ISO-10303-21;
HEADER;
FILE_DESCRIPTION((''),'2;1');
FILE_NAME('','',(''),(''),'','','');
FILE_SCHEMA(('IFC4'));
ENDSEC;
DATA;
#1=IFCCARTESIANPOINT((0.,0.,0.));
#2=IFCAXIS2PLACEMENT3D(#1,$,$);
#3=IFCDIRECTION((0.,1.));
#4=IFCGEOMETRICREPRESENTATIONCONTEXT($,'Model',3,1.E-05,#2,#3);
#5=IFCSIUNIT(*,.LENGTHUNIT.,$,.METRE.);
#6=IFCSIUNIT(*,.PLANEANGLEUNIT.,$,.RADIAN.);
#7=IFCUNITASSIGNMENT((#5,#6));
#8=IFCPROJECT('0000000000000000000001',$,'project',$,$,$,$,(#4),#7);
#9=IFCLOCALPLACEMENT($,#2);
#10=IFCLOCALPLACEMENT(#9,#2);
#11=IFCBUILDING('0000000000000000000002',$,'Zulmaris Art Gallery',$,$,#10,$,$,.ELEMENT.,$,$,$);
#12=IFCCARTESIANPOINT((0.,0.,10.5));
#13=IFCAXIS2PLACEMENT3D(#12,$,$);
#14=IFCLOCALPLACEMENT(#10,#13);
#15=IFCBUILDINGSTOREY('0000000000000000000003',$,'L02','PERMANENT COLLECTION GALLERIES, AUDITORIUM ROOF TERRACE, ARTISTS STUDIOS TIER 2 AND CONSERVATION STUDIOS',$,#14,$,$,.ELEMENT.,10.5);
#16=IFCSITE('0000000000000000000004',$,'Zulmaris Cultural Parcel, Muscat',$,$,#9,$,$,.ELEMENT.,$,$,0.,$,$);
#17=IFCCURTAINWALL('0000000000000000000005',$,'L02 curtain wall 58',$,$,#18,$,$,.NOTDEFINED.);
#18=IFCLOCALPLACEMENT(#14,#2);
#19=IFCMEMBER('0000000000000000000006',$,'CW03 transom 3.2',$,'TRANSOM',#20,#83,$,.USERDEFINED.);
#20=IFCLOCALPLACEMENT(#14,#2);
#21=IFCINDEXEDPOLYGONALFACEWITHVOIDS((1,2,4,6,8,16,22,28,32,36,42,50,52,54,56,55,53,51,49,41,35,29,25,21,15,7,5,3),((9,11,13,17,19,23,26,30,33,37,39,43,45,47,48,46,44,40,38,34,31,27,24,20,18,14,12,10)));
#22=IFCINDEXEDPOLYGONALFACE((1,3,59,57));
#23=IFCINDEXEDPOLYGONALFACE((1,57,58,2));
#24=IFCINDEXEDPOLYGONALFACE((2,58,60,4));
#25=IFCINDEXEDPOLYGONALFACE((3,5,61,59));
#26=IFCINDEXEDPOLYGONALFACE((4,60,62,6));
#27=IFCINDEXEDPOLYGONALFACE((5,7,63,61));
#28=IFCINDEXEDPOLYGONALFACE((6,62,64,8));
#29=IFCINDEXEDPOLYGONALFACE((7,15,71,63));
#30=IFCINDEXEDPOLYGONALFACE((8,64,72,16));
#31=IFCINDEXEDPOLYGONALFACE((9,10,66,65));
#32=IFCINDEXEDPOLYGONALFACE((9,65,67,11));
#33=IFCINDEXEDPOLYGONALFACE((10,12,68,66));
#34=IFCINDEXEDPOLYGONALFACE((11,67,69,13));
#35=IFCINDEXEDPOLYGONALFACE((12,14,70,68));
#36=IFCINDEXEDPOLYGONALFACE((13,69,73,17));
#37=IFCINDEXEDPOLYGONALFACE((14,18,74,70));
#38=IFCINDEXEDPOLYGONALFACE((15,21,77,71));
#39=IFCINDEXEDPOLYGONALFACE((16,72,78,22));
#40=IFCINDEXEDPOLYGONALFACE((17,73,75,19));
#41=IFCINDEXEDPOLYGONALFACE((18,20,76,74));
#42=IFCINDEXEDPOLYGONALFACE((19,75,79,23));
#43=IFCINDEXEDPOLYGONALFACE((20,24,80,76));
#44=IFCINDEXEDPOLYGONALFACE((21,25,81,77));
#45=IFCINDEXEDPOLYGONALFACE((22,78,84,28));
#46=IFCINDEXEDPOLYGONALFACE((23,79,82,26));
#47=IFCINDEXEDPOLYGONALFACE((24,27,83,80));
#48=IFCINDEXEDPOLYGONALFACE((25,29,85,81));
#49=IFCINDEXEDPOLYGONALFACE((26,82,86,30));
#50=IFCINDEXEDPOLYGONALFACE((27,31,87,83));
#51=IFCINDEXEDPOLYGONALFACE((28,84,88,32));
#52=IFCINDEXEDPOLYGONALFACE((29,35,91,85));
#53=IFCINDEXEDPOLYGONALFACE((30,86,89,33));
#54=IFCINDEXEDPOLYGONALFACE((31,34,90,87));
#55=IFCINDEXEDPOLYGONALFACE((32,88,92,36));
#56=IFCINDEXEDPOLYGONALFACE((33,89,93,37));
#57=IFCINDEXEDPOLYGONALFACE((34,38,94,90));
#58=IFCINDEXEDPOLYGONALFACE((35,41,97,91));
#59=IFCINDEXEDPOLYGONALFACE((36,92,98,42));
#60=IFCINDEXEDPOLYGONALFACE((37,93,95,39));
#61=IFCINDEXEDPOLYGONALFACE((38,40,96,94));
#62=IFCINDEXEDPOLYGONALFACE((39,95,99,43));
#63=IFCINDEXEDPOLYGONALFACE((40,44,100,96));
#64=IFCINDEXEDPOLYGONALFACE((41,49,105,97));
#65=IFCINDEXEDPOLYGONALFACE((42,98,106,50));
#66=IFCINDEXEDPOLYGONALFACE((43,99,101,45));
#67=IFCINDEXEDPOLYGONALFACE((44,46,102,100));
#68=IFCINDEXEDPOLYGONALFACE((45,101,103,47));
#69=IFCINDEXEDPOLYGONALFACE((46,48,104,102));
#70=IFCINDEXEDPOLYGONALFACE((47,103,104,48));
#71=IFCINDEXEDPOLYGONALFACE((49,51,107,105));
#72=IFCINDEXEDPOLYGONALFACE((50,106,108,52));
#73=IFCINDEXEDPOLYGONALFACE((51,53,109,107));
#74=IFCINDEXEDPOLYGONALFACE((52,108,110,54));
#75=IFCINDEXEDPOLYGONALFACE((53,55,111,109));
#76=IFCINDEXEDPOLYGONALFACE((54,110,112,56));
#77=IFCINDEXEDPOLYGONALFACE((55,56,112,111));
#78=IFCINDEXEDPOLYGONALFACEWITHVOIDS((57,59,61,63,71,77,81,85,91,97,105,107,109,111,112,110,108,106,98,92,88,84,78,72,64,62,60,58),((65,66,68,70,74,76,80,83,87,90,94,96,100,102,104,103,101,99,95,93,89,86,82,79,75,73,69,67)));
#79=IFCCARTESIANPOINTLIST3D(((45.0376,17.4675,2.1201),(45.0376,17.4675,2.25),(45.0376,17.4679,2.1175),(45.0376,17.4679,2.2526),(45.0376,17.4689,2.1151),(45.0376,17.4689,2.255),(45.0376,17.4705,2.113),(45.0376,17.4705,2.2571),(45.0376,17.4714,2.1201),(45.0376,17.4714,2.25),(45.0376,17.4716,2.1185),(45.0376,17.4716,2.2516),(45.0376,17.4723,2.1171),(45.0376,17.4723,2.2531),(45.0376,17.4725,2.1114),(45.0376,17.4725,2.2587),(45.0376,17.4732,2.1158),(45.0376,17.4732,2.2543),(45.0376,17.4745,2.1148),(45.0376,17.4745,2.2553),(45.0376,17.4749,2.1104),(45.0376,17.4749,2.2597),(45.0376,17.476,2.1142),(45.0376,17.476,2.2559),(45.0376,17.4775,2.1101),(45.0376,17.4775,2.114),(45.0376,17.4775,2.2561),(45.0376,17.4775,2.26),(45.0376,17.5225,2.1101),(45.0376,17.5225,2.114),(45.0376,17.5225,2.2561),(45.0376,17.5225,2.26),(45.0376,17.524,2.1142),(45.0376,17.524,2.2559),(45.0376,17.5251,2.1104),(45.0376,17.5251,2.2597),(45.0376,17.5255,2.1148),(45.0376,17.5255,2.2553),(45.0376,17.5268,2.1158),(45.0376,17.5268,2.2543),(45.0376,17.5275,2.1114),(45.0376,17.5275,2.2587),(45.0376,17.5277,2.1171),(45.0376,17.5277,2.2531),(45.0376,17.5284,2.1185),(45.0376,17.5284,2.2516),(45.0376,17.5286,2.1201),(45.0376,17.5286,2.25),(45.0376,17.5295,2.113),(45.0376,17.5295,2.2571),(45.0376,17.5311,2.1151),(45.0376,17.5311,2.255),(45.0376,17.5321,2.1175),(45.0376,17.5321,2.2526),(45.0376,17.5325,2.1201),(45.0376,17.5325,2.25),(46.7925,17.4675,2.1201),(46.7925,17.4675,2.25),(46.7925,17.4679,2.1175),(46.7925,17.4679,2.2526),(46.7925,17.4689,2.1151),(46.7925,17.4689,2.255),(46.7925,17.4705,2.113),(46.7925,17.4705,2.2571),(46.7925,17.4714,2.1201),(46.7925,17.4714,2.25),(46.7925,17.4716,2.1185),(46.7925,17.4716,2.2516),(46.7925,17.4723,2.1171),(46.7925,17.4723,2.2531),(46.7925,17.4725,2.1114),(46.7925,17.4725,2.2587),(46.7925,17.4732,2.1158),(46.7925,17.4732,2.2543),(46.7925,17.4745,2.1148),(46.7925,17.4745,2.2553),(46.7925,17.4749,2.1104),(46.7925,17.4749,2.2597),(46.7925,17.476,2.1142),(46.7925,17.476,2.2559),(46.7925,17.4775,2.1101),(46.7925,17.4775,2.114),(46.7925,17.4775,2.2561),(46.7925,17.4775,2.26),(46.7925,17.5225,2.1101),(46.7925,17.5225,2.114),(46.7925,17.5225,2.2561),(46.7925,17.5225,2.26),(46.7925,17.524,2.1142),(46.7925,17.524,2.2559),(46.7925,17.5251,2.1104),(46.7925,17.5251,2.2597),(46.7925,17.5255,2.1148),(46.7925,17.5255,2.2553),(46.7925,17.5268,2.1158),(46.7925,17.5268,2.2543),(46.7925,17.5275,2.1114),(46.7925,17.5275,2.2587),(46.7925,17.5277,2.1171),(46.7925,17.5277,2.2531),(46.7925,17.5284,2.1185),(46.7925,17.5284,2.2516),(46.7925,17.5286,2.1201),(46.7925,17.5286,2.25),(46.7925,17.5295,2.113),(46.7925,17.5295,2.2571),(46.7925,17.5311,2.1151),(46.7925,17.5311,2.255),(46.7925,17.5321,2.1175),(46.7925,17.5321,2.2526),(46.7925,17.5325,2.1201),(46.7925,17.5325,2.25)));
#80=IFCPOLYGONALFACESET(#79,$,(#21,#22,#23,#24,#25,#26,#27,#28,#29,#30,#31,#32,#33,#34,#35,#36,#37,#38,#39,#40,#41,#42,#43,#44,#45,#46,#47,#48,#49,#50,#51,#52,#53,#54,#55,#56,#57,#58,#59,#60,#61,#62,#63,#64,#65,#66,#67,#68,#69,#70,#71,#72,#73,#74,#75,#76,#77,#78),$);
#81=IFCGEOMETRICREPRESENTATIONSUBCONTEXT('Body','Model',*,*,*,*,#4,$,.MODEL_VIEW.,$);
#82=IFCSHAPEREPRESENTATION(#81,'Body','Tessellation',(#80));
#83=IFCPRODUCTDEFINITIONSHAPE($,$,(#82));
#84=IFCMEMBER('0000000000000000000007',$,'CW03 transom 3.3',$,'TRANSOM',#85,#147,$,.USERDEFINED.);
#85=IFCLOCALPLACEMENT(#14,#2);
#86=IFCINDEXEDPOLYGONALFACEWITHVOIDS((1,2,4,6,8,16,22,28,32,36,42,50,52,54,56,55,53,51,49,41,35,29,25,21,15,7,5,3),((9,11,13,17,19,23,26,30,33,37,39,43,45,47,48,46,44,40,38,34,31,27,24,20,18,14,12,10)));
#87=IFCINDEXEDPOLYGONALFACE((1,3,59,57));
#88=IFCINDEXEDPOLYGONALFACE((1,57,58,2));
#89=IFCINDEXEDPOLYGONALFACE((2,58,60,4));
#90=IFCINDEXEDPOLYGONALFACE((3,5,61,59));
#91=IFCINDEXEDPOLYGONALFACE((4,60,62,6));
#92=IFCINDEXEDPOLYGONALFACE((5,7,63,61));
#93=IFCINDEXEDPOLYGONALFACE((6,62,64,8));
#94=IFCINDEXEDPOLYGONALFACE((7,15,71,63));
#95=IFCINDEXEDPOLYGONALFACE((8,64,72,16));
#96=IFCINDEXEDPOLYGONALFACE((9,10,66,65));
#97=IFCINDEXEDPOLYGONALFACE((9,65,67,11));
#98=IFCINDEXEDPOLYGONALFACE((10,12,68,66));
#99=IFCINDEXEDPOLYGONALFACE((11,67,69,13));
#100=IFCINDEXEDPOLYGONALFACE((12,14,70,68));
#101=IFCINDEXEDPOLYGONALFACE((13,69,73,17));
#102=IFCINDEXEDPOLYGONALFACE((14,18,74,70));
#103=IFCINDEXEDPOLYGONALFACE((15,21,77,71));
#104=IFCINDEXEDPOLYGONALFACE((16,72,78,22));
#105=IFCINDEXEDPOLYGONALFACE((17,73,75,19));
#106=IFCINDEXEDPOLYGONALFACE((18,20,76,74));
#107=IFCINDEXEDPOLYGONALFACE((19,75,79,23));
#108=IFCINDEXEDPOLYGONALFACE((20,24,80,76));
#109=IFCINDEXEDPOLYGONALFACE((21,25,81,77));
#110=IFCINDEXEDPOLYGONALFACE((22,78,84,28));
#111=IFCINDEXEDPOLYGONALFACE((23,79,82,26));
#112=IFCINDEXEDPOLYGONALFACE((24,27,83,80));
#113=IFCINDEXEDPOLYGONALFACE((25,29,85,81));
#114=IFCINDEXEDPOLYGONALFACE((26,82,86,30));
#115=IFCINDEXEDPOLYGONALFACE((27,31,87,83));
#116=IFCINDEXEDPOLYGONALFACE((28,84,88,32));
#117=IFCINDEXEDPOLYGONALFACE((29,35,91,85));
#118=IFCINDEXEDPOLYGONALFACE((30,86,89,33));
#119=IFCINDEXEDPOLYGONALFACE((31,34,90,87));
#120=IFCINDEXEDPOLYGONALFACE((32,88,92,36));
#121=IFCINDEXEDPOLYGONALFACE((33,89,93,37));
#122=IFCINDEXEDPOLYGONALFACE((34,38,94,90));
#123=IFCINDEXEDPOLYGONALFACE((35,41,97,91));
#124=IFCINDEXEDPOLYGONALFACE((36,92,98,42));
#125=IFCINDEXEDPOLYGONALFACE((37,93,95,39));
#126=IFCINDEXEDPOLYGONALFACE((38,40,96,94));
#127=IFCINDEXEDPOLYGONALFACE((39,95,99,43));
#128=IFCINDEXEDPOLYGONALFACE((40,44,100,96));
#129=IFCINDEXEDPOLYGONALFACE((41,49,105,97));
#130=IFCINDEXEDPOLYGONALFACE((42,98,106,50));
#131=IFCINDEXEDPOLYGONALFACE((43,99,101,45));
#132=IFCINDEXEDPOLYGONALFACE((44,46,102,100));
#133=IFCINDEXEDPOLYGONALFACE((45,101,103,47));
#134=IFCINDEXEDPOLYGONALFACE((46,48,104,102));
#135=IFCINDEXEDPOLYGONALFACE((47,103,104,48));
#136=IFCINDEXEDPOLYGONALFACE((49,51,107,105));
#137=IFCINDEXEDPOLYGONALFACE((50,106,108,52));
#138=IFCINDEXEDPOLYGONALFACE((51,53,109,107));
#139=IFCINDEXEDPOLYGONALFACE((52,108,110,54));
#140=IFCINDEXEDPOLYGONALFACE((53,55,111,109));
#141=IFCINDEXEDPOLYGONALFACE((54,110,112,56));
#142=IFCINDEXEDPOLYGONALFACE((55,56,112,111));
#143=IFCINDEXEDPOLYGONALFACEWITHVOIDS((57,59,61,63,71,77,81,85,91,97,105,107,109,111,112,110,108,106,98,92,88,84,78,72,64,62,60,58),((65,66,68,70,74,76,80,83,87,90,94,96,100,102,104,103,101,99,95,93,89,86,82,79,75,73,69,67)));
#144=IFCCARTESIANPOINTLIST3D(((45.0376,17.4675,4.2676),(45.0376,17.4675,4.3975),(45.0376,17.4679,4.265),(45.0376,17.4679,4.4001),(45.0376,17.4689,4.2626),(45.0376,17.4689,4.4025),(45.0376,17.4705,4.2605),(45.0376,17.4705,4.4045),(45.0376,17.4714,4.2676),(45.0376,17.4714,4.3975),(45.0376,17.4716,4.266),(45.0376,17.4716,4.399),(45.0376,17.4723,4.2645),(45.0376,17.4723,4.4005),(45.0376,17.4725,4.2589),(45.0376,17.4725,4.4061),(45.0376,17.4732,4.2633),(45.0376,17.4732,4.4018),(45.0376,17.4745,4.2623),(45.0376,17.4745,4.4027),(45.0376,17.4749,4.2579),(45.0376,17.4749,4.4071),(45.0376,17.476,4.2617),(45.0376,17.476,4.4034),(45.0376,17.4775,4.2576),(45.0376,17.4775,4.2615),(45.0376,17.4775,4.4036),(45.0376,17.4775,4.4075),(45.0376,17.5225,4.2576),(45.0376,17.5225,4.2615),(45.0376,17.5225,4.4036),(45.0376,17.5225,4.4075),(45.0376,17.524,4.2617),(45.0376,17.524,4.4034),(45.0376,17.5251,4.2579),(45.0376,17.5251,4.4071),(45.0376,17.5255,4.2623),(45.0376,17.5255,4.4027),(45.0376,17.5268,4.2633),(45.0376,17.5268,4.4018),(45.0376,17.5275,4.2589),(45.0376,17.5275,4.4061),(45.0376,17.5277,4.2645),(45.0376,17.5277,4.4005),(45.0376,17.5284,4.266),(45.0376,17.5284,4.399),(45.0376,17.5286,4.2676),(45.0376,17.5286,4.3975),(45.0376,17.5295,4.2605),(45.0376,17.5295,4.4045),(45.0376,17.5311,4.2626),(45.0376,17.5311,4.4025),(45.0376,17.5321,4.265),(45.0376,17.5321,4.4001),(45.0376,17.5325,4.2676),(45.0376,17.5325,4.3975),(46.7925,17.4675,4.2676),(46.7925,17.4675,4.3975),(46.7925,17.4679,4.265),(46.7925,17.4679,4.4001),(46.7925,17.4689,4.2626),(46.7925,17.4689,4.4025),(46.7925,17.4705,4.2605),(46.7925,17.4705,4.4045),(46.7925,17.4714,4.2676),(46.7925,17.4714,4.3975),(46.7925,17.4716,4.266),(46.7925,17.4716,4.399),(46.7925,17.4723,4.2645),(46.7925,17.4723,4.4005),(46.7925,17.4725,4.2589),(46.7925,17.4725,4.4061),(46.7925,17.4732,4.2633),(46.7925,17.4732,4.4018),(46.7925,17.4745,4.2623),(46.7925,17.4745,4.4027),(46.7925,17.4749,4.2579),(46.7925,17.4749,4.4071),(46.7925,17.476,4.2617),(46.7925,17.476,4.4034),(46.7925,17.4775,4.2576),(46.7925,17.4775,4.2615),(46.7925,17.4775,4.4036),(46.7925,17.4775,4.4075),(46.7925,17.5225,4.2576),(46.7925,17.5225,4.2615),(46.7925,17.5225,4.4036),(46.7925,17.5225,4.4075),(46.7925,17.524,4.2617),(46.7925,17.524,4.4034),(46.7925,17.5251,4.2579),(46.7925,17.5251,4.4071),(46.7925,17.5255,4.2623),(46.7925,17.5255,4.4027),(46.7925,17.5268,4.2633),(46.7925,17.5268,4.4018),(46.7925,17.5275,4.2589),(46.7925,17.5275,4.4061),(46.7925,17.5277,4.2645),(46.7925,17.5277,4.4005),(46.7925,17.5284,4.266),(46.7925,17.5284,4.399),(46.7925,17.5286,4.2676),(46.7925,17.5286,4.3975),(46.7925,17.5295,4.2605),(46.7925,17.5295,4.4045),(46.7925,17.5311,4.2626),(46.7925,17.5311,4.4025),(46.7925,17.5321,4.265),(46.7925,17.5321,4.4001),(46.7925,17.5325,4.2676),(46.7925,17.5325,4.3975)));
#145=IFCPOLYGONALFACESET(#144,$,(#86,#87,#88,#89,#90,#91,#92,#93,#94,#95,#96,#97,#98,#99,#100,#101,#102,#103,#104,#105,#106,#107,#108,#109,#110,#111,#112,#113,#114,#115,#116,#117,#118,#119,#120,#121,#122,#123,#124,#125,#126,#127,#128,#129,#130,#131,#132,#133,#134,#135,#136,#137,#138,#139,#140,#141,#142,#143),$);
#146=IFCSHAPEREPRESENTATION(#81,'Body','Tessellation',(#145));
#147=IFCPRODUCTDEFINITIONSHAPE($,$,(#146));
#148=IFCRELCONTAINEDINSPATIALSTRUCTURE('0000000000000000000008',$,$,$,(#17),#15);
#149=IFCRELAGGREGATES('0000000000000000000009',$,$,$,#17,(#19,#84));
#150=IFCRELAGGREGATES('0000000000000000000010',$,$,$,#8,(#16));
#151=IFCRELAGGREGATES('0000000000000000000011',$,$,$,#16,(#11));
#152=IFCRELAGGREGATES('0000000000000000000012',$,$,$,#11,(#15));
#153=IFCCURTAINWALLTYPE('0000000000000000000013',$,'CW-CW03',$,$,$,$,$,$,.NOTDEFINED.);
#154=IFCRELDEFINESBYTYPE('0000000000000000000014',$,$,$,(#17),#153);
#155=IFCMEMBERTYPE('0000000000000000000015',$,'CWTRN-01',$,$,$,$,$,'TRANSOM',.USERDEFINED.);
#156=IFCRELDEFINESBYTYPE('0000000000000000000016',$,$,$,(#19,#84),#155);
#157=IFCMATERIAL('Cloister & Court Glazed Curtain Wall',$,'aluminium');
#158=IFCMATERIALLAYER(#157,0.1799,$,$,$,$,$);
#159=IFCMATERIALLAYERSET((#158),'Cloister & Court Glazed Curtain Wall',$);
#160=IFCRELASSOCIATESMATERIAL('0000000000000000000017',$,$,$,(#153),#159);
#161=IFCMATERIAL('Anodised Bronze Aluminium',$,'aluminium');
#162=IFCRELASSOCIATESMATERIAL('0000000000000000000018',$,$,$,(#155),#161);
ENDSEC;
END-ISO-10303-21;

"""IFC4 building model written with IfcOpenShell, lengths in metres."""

from ifc_helpers import new_model, si_unit, direction, frame, origin, origin_2d, place, context, subcontext, project, spatial, hollow_rectangle, extrude, material, layer, layer_set, material_profile, profile_set, type_object, element, aggregate, save


model = new_model("IFC4")

# Units and contexts
model_context = context("Model", 3, precision=1e-05, world=origin(), true_north=direction((0.0, 1.0)))
body_context = subcontext(model_context, "Body", "Model", "MODEL_VIEW")
ifc_project = project(units=[si_unit("LENGTHUNIT", "METRE"), si_unit("PLANEANGLEUNIT", "RADIAN")], contexts=[model_context])

# Site, building, storey
site_placement = place(None, origin())
site = spatial("IfcSite", under=ifc_project, at=site_placement, Name="Zulmaris Cultural Parcel, Muscat", CompositionType="ELEMENT", RefElevation=0.0)
building_placement = place(site_placement, origin())
building = spatial("IfcBuilding", under=site, at=building_placement, Name="Zulmaris Art Gallery", CompositionType="ELEMENT")
storey_placement = place(building_placement, frame((0.0, 0.0, 10.5)))
storey = spatial("IfcBuildingStorey", under=building, at=storey_placement, Name="L02", Description="PERMANENT COLLECTION GALLERIES, AUDITORIUM ROOF TERRACE, ARTISTS STUDIOS TIER 2 AND CONSERVATION STUDIOS", CompositionType="ELEMENT", Elevation=10.5)

# Curtain wall, members
ifc_material_1 = material(Name="Cloister & Court Glazed Curtain Wall", Category="aluminium")
ifc_layer_1 = layer(ifc_material_1, 0.1799)
ifc_layer_set_1 = layer_set([ifc_layer_1], Name="Cloister & Court Glazed Curtain Wall")
curtain_wall_type = type_object("IfcCurtainWallType", Name="CW-CW03", PredefinedType="NOTDEFINED", material=ifc_layer_set_1)
curtain_wall_placement = place(storey_placement, origin())
curtain_wall = element("IfcCurtainWall", 1, at=curtain_wall_placement, inside=storey, type_object=curtain_wall_type, Name="L02 curtain wall 58", PredefinedType="NOTDEFINED")
ifc_material_2 = material(Name="Anodised Bronze Aluminium", Category="aluminium")
ifc_material_profile_1 = material_profile(ifc_material_2, hollow_rectangle(XDim=0.0649, YDim=0.1499, WallThickness=0.0039, InnerFilletRadius=0.0061, OuterFilletRadius=0.01, at=origin_2d()), Name="ALU 65x150x4")
ifc_profile_set_1 = profile_set([ifc_material_profile_1], Name="Anodised Bronze Aluminium")
member_type_1 = type_object("IfcMemberType", Name="CWTRN-01", ElementType="TRANSOM", PredefinedType="USERDEFINED", material=ifc_profile_set_1)
member_1_placement = place(storey_placement, frame((45.0376, 17.5, 2.1851), z_axis=(1.0, 0.0, 0.0), x_axis=(0.0, 1.0, 0.0)))
member_1 = element("IfcMember", 2, at=member_1_placement, type_object=member_type_1, Name="CW03 transom 3.2", ObjectType="TRANSOM", PredefinedType="USERDEFINED", context=body_context, shape_type="SweptSolid", body=[
    extrude(hollow_rectangle(XDim=0.0649, YDim=0.1499, WallThickness=0.0039, InnerFilletRadius=0.0061, OuterFilletRadius=0.01, at=origin_2d()), origin(), (0.0, 0.0, 1.0), 1.7549),
])
member_2_placement = place(storey_placement, frame((45.0376, 17.5, 4.3325), z_axis=(1.0, 0.0, 0.0), x_axis=(0.0, 1.0, 0.0)))
member_2 = element("IfcMember", 3, at=member_2_placement, type_object=member_type_1, Name="CW03 transom 3.3", ObjectType="TRANSOM", PredefinedType="USERDEFINED", context=body_context, shape_type="SweptSolid", body=[
    extrude(hollow_rectangle(XDim=0.0649, YDim=0.1499, WallThickness=0.0039, InnerFilletRadius=0.0061, OuterFilletRadius=0.01, at=origin_2d()), origin(), (0.0, 0.0, 1.0), 1.7549),
])
aggregate(curtain_wall, [member_1, member_2])

save(model, "model.ifc")
